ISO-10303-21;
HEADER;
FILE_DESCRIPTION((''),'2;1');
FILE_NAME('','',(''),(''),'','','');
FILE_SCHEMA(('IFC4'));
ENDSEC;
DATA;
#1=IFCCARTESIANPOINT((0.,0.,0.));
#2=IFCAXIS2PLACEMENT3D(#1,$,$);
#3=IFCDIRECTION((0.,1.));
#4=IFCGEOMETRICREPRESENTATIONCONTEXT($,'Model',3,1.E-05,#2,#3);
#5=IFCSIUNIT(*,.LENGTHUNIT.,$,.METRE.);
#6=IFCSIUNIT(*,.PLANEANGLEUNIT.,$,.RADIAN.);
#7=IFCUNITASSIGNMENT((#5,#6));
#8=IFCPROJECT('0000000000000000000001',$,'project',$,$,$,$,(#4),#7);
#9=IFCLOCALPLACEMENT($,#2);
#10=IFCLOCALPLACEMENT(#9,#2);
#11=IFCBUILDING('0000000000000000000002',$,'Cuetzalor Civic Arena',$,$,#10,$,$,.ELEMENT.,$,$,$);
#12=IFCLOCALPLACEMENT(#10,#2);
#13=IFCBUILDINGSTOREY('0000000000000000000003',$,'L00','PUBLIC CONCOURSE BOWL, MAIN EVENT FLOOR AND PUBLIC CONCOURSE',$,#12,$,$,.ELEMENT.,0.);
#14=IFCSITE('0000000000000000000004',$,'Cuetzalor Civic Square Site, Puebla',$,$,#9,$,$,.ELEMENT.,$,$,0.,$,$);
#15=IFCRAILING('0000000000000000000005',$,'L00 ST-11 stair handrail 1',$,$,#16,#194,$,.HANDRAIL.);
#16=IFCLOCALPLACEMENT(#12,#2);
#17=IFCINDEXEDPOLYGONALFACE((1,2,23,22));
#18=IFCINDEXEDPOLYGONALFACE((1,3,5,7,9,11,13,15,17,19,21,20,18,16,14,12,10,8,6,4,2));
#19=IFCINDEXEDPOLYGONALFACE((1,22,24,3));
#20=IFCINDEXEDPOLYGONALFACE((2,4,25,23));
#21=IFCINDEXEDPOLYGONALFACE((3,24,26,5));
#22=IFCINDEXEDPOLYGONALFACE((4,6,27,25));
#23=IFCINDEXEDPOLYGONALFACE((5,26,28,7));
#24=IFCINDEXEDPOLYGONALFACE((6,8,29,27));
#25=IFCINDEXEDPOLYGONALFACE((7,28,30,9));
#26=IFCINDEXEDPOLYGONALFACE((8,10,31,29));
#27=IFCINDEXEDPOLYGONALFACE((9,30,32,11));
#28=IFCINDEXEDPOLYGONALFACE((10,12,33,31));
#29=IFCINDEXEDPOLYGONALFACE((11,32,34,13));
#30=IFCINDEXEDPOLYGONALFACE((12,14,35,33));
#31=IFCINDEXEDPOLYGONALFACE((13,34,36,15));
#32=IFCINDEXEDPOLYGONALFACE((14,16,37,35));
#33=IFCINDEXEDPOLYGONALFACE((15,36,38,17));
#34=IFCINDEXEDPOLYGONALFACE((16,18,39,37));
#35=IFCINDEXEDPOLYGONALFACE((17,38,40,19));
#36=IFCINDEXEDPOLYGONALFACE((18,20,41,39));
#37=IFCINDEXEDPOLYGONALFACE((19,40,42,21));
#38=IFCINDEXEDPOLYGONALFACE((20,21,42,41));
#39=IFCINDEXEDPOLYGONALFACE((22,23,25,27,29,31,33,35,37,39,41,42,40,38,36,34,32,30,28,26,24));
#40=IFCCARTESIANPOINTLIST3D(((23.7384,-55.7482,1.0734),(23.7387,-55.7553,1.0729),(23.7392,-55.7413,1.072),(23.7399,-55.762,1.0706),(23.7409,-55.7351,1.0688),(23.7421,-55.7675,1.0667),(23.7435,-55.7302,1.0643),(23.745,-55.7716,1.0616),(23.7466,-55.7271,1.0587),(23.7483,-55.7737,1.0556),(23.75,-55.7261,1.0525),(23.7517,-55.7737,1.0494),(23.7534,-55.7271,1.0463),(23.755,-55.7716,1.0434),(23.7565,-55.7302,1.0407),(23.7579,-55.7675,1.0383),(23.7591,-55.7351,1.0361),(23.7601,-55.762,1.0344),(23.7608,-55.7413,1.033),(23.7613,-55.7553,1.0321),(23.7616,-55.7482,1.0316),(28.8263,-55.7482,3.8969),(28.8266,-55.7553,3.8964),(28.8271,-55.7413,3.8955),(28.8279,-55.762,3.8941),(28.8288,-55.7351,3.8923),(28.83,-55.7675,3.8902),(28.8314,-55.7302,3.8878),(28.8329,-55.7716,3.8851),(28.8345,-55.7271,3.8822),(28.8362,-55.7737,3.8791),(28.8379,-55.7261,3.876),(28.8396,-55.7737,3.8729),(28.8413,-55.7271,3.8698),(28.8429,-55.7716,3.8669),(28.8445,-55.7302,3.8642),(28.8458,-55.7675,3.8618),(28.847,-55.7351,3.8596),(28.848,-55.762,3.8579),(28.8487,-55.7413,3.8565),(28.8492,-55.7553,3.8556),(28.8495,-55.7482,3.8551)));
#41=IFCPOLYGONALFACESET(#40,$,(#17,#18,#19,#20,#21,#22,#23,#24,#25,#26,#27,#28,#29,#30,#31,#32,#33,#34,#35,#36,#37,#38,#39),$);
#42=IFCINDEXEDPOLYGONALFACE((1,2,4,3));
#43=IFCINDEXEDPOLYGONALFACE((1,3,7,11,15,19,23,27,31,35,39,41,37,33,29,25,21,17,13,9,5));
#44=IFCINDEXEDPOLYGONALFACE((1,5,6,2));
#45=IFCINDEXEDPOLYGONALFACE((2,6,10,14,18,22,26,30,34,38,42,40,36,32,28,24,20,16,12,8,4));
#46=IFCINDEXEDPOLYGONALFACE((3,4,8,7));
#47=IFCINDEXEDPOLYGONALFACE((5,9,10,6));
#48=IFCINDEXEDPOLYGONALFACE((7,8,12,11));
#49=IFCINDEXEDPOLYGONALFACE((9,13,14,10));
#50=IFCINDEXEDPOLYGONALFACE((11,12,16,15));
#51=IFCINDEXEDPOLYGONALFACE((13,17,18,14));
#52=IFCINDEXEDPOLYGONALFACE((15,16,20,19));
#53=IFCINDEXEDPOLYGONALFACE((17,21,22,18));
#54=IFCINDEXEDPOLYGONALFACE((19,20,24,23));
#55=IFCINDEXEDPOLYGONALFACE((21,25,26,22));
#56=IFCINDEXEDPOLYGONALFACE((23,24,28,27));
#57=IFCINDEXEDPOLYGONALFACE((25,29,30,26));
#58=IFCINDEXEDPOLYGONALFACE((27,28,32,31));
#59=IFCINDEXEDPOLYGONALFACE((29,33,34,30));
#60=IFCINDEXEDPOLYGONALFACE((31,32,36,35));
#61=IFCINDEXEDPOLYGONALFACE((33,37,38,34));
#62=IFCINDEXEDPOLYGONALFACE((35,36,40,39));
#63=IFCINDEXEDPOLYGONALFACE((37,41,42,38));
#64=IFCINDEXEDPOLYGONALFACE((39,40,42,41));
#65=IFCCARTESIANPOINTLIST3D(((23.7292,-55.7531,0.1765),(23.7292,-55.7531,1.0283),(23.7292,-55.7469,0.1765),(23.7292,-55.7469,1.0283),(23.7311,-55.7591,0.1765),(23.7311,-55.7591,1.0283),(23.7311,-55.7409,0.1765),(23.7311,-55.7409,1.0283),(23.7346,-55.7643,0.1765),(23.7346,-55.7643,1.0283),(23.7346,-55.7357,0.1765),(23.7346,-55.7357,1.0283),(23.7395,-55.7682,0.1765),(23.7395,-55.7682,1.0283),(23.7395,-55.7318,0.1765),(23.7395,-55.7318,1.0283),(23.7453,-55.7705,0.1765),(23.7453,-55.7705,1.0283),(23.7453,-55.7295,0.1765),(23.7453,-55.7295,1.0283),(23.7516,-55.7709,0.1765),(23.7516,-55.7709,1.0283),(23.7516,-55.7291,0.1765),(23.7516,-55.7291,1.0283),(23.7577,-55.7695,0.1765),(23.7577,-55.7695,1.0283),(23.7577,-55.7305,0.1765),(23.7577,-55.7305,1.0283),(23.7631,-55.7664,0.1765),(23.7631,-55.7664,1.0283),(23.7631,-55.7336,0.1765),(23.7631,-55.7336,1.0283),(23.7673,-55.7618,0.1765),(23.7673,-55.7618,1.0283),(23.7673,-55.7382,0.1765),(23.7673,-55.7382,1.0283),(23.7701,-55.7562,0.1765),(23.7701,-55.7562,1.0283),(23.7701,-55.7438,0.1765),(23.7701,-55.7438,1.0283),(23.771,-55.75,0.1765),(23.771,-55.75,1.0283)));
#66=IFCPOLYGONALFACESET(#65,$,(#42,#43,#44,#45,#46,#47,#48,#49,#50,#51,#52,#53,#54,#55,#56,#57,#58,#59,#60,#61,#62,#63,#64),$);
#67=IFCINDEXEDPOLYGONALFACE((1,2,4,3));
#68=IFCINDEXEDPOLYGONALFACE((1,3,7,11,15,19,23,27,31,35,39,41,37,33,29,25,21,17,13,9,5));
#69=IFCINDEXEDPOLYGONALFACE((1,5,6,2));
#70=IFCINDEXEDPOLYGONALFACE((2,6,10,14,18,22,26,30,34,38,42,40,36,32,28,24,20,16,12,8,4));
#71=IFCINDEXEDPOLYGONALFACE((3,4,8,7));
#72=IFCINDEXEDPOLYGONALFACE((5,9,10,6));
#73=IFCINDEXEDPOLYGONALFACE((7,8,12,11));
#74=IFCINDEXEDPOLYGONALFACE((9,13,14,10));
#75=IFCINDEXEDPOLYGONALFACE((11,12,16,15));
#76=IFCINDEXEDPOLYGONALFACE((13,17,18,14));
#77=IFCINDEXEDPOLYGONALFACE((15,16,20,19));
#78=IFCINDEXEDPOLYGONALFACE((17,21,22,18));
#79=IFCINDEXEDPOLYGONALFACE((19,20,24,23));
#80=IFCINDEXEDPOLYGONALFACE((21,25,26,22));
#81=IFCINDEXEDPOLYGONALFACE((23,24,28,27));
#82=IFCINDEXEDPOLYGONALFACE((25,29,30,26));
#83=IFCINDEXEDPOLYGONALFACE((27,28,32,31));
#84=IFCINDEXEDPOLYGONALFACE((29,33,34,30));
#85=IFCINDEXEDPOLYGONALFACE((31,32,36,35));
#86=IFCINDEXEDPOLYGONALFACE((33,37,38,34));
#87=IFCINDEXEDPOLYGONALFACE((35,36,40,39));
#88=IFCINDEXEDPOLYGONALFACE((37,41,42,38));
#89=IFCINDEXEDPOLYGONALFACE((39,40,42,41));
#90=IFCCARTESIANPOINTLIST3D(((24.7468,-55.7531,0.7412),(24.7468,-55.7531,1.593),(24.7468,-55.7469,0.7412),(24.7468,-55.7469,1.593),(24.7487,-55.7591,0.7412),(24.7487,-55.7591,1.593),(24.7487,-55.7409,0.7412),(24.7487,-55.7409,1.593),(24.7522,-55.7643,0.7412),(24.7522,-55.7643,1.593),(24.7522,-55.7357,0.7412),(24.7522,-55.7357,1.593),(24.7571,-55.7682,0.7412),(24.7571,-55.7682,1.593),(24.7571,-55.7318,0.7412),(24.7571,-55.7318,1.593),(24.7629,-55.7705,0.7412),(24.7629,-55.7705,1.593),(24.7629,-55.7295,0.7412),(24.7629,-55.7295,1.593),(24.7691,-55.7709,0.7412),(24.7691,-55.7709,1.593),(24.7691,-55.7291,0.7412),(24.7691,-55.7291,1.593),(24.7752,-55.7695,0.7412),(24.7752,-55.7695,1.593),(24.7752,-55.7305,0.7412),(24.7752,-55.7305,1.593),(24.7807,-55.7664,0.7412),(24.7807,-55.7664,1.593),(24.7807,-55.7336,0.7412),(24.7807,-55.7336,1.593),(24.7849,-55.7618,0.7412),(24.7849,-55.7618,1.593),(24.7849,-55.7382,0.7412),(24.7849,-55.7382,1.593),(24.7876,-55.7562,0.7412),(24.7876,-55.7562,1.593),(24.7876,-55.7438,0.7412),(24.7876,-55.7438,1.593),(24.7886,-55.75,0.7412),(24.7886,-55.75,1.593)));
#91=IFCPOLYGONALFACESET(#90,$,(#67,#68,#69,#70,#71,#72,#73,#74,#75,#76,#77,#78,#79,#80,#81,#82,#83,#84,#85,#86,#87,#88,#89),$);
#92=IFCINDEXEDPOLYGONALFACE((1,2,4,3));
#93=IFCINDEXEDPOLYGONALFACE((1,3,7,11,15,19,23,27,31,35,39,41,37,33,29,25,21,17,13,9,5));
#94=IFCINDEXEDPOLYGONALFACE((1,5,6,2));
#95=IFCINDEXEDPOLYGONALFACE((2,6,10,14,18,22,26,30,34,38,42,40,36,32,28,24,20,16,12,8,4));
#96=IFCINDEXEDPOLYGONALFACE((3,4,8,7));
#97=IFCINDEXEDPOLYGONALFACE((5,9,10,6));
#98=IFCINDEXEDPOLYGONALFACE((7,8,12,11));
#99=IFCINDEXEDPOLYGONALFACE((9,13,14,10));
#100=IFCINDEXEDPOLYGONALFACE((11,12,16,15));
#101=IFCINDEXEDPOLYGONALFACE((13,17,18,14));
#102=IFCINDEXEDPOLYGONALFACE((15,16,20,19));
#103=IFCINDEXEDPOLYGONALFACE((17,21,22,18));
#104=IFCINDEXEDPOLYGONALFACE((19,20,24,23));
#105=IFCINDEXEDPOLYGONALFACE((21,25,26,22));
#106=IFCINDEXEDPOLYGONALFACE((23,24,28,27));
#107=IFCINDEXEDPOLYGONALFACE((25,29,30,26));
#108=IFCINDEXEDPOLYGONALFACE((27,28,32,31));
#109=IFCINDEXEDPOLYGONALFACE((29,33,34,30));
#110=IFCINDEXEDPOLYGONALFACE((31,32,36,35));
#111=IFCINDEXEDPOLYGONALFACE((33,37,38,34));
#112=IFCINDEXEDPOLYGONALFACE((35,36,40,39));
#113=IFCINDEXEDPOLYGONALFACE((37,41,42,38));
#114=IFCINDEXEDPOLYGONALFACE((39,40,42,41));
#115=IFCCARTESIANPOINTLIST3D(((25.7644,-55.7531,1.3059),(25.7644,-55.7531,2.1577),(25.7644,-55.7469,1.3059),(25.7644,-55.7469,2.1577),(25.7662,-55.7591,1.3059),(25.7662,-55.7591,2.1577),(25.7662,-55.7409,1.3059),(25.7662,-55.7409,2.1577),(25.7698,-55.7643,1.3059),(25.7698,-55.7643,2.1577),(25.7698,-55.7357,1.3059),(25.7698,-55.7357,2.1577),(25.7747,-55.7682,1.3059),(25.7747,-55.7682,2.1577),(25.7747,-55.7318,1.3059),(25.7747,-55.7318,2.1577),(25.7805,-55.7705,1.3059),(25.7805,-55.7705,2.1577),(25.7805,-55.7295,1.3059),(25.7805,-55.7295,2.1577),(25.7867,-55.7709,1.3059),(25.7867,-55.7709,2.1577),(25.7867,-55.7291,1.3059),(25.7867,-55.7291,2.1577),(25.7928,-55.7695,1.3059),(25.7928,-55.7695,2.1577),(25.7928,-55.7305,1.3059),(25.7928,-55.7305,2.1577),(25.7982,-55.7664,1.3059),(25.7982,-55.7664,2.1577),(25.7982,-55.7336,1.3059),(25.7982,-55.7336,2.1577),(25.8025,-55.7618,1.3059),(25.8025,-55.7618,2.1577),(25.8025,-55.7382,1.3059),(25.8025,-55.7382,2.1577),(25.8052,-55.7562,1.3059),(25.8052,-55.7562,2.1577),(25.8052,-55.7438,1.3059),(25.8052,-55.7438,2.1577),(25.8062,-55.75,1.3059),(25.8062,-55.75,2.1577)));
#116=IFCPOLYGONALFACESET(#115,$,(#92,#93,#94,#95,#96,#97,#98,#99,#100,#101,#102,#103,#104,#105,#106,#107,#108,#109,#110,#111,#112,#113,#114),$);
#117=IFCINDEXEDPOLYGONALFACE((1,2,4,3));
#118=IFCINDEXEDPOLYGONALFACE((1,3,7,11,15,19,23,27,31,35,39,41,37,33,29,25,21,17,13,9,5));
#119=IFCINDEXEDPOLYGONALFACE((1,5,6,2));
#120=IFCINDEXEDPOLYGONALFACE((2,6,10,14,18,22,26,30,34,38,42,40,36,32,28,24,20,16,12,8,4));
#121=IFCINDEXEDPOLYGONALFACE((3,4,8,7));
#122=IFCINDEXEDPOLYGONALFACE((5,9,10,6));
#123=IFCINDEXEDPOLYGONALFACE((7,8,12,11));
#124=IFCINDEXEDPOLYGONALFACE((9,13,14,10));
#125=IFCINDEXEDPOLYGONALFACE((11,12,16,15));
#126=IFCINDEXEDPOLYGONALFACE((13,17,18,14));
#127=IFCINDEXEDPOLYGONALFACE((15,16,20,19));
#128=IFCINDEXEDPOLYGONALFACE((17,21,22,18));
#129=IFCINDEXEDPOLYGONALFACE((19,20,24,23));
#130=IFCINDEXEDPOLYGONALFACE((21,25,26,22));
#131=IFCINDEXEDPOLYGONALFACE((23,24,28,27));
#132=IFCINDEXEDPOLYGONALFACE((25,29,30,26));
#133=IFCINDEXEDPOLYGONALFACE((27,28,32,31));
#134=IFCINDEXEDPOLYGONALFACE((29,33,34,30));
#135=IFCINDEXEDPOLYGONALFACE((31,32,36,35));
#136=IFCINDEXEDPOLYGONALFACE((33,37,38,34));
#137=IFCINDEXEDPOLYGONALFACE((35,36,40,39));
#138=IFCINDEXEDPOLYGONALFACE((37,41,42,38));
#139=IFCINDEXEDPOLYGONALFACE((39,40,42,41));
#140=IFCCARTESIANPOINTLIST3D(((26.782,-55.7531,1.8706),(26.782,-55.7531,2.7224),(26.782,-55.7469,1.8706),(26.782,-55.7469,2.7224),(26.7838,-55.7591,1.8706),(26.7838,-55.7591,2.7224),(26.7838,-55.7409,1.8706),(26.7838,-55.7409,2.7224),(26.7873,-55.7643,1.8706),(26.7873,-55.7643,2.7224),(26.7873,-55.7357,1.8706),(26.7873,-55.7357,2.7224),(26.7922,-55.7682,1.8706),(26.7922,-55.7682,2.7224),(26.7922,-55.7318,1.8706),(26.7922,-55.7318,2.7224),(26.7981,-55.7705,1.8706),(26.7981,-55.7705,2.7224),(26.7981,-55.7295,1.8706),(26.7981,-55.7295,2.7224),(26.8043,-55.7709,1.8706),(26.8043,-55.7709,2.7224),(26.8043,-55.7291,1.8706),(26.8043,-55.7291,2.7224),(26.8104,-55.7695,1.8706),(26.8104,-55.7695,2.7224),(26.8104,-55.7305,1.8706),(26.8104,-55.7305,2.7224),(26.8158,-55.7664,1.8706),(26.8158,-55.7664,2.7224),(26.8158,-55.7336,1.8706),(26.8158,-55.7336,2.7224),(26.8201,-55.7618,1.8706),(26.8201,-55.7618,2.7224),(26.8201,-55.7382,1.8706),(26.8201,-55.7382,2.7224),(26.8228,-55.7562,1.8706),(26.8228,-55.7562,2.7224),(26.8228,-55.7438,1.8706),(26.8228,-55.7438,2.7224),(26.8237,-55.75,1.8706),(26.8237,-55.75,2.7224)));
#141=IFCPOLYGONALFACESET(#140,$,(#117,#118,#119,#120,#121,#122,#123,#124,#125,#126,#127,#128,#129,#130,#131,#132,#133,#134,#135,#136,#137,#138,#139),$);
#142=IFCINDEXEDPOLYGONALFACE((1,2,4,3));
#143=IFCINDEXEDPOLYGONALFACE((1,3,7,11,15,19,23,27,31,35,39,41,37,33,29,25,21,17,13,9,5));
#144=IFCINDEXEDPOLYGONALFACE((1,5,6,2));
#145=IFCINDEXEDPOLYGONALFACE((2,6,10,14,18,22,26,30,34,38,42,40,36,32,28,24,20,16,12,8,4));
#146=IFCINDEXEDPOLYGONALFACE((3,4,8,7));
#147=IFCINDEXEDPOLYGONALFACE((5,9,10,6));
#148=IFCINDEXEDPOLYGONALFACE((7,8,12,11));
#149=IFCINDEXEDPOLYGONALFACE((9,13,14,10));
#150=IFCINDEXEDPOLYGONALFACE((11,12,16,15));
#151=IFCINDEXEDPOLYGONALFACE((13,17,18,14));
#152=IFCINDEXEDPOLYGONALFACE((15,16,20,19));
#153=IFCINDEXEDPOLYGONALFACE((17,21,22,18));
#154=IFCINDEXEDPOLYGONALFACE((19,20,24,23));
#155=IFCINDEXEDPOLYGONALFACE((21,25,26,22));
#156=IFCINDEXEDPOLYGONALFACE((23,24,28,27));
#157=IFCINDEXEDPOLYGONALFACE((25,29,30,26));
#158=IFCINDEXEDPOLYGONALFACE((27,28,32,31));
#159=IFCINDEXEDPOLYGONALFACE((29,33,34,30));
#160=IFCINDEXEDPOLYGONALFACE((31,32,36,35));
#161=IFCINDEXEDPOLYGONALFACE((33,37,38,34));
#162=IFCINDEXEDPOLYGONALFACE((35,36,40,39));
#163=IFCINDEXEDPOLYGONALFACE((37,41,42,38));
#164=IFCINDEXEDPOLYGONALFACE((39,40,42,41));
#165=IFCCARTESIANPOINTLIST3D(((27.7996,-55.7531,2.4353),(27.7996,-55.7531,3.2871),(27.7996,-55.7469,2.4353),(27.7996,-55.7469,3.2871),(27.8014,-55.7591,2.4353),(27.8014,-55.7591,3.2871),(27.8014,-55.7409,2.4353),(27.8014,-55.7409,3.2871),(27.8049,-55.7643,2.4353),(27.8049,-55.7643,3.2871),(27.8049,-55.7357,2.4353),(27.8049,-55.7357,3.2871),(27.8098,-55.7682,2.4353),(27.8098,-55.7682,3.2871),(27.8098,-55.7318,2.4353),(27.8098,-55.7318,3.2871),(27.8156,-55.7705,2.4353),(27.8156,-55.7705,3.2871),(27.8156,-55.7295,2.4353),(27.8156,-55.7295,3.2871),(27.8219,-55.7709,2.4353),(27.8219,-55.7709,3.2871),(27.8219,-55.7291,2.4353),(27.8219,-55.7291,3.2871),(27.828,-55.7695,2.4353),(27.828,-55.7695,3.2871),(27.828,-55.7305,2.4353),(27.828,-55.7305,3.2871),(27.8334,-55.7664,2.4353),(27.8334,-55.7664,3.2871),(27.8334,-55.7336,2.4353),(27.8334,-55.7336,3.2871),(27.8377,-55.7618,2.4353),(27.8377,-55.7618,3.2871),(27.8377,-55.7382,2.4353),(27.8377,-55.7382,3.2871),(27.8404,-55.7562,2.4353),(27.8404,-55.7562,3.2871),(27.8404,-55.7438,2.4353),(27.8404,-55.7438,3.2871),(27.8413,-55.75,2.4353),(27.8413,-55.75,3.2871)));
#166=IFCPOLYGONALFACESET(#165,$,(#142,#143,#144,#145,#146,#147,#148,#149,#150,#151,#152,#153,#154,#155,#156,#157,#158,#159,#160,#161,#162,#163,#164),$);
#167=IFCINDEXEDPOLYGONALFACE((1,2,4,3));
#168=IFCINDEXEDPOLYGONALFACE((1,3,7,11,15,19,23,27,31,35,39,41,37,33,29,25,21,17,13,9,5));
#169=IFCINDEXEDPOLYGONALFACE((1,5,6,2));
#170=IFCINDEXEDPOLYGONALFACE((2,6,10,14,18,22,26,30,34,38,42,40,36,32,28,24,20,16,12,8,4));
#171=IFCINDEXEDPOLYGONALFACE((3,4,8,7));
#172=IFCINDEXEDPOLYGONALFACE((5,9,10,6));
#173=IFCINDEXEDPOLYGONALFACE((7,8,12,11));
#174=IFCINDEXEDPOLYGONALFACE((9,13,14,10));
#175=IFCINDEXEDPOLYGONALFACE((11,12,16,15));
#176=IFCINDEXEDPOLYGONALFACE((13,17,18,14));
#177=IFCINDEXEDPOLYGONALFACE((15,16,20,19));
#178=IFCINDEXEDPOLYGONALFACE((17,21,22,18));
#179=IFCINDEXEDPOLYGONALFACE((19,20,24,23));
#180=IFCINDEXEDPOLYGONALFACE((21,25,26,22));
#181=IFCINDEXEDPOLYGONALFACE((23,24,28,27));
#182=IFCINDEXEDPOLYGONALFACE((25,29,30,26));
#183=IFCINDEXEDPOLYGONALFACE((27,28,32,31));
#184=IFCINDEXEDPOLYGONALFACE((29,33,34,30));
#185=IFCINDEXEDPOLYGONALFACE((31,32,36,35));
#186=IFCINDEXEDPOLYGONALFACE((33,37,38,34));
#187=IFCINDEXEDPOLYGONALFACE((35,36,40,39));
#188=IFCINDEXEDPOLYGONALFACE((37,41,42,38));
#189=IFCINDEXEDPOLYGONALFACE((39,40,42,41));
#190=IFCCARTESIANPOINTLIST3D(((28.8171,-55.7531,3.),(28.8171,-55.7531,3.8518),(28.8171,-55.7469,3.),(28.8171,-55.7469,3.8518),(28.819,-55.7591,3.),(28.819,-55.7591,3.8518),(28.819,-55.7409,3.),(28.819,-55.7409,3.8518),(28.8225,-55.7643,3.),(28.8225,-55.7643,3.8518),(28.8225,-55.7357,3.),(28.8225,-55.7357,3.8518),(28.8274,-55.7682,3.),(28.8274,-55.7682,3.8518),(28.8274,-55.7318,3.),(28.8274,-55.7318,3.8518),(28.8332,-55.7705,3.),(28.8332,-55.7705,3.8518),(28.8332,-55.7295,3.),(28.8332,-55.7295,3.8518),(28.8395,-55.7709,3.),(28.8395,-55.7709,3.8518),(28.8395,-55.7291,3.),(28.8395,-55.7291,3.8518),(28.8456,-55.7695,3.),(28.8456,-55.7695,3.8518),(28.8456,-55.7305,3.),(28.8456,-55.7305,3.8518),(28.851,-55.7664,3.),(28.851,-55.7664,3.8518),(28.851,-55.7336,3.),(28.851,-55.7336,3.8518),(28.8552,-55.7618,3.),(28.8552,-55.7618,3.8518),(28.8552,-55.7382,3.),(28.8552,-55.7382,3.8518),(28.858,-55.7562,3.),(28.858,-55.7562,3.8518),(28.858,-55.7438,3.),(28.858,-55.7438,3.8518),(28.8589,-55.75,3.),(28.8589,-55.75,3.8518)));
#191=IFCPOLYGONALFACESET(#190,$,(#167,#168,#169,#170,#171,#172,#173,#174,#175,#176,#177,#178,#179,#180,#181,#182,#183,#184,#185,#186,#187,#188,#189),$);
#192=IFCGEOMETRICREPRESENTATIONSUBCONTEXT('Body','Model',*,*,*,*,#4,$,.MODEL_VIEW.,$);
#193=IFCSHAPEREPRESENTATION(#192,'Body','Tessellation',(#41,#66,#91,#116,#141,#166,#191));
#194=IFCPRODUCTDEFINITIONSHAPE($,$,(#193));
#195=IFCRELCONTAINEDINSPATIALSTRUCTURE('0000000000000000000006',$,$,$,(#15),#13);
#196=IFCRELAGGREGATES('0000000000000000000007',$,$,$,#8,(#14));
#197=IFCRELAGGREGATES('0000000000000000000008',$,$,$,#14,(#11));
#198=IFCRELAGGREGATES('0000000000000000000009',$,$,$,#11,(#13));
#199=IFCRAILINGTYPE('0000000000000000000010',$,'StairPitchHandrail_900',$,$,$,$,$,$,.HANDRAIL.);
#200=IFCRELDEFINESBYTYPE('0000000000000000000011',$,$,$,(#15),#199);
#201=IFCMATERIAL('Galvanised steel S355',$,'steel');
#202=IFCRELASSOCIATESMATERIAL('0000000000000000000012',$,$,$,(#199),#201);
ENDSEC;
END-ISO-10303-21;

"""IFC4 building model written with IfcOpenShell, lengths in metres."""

from ifc_helpers import new_model, si_unit, direction, frame, origin, origin_2d, place, context, subcontext, project, spatial, circle, extrude, material, type_object, element, save


model = new_model("IFC4")

# Units and contexts
model_context = context("Model", 3, precision=1e-05, world=origin(), true_north=direction((0.0, 1.0)))
body_context = subcontext(model_context, "Body", "Model", "MODEL_VIEW")
ifc_project = project(units=[si_unit("LENGTHUNIT", "METRE"), si_unit("PLANEANGLEUNIT", "RADIAN")], contexts=[model_context])

# Site, building, storey
site_placement = place(None, origin())
site = spatial("IfcSite", under=ifc_project, at=site_placement, Name="Cuetzalor Civic Square Site, Puebla", CompositionType="ELEMENT", RefElevation=0.0)
building_placement = place(site_placement, origin())
building = spatial("IfcBuilding", under=site, at=building_placement, Name="Cuetzalor Civic Arena", CompositionType="ELEMENT")
storey_placement = place(building_placement, origin())
storey = spatial("IfcBuildingStorey", under=building, at=storey_placement, Name="L00", Description="PUBLIC CONCOURSE BOWL, MAIN EVENT FLOOR AND PUBLIC CONCOURSE", CompositionType="ELEMENT", Elevation=0.0)

# Railing
ifc_material_1 = material(Name="Galvanised steel S355", Category="steel")
railing_type_1 = type_object("IfcRailingType", Name="StairPitchHandrail_900", PredefinedType="HANDRAIL", material=ifc_material_1)
railing_1_placement = place(storey_placement, frame((23.75, -55.75, 0.1765)))
element("IfcRailing", 1, at=railing_1_placement, inside=storey, type_object=railing_type_1, Name="L00 ST-11 stair handrail 1", PredefinedType="HANDRAIL", context=body_context, shape_type="SweptSolid", body=[
    extrude(circle(Radius=0.0239, at=origin_2d()), frame((0.0, 0.0, 0.876), z_axis=(0.874385, 0.0, 0.485233), x_axis=(0.0, 1.0, 0.0)), (0.0, 0.0, 1.0), 5.8188),
    extrude(circle(Radius=0.021, at=origin_2d()), origin(), (0.0, 0.0, 1.0), 0.8518),
    extrude(circle(Radius=0.021, at=origin_2d()), frame((1.0176, 0.0, 0.5647)), (0.0, 0.0, 1.0), 0.8518),
    extrude(circle(Radius=0.021, at=origin_2d()), frame((2.0352, 0.0, 1.1294)), (0.0, 0.0, 1.0), 0.8518),
    extrude(circle(Radius=0.021, at=origin_2d()), frame((3.0527, 0.0, 1.6941)), (0.0, 0.0, 1.0), 0.8518),
    extrude(circle(Radius=0.021, at=origin_2d()), frame((4.0703, 0.0, 2.2588)), (0.0, 0.0, 1.0), 0.8518),
    extrude(circle(Radius=0.021, at=origin_2d()), frame((5.0879, 0.0, 2.8235)), (0.0, 0.0, 1.0), 0.8518),
])

save(model, "model.ifc")
